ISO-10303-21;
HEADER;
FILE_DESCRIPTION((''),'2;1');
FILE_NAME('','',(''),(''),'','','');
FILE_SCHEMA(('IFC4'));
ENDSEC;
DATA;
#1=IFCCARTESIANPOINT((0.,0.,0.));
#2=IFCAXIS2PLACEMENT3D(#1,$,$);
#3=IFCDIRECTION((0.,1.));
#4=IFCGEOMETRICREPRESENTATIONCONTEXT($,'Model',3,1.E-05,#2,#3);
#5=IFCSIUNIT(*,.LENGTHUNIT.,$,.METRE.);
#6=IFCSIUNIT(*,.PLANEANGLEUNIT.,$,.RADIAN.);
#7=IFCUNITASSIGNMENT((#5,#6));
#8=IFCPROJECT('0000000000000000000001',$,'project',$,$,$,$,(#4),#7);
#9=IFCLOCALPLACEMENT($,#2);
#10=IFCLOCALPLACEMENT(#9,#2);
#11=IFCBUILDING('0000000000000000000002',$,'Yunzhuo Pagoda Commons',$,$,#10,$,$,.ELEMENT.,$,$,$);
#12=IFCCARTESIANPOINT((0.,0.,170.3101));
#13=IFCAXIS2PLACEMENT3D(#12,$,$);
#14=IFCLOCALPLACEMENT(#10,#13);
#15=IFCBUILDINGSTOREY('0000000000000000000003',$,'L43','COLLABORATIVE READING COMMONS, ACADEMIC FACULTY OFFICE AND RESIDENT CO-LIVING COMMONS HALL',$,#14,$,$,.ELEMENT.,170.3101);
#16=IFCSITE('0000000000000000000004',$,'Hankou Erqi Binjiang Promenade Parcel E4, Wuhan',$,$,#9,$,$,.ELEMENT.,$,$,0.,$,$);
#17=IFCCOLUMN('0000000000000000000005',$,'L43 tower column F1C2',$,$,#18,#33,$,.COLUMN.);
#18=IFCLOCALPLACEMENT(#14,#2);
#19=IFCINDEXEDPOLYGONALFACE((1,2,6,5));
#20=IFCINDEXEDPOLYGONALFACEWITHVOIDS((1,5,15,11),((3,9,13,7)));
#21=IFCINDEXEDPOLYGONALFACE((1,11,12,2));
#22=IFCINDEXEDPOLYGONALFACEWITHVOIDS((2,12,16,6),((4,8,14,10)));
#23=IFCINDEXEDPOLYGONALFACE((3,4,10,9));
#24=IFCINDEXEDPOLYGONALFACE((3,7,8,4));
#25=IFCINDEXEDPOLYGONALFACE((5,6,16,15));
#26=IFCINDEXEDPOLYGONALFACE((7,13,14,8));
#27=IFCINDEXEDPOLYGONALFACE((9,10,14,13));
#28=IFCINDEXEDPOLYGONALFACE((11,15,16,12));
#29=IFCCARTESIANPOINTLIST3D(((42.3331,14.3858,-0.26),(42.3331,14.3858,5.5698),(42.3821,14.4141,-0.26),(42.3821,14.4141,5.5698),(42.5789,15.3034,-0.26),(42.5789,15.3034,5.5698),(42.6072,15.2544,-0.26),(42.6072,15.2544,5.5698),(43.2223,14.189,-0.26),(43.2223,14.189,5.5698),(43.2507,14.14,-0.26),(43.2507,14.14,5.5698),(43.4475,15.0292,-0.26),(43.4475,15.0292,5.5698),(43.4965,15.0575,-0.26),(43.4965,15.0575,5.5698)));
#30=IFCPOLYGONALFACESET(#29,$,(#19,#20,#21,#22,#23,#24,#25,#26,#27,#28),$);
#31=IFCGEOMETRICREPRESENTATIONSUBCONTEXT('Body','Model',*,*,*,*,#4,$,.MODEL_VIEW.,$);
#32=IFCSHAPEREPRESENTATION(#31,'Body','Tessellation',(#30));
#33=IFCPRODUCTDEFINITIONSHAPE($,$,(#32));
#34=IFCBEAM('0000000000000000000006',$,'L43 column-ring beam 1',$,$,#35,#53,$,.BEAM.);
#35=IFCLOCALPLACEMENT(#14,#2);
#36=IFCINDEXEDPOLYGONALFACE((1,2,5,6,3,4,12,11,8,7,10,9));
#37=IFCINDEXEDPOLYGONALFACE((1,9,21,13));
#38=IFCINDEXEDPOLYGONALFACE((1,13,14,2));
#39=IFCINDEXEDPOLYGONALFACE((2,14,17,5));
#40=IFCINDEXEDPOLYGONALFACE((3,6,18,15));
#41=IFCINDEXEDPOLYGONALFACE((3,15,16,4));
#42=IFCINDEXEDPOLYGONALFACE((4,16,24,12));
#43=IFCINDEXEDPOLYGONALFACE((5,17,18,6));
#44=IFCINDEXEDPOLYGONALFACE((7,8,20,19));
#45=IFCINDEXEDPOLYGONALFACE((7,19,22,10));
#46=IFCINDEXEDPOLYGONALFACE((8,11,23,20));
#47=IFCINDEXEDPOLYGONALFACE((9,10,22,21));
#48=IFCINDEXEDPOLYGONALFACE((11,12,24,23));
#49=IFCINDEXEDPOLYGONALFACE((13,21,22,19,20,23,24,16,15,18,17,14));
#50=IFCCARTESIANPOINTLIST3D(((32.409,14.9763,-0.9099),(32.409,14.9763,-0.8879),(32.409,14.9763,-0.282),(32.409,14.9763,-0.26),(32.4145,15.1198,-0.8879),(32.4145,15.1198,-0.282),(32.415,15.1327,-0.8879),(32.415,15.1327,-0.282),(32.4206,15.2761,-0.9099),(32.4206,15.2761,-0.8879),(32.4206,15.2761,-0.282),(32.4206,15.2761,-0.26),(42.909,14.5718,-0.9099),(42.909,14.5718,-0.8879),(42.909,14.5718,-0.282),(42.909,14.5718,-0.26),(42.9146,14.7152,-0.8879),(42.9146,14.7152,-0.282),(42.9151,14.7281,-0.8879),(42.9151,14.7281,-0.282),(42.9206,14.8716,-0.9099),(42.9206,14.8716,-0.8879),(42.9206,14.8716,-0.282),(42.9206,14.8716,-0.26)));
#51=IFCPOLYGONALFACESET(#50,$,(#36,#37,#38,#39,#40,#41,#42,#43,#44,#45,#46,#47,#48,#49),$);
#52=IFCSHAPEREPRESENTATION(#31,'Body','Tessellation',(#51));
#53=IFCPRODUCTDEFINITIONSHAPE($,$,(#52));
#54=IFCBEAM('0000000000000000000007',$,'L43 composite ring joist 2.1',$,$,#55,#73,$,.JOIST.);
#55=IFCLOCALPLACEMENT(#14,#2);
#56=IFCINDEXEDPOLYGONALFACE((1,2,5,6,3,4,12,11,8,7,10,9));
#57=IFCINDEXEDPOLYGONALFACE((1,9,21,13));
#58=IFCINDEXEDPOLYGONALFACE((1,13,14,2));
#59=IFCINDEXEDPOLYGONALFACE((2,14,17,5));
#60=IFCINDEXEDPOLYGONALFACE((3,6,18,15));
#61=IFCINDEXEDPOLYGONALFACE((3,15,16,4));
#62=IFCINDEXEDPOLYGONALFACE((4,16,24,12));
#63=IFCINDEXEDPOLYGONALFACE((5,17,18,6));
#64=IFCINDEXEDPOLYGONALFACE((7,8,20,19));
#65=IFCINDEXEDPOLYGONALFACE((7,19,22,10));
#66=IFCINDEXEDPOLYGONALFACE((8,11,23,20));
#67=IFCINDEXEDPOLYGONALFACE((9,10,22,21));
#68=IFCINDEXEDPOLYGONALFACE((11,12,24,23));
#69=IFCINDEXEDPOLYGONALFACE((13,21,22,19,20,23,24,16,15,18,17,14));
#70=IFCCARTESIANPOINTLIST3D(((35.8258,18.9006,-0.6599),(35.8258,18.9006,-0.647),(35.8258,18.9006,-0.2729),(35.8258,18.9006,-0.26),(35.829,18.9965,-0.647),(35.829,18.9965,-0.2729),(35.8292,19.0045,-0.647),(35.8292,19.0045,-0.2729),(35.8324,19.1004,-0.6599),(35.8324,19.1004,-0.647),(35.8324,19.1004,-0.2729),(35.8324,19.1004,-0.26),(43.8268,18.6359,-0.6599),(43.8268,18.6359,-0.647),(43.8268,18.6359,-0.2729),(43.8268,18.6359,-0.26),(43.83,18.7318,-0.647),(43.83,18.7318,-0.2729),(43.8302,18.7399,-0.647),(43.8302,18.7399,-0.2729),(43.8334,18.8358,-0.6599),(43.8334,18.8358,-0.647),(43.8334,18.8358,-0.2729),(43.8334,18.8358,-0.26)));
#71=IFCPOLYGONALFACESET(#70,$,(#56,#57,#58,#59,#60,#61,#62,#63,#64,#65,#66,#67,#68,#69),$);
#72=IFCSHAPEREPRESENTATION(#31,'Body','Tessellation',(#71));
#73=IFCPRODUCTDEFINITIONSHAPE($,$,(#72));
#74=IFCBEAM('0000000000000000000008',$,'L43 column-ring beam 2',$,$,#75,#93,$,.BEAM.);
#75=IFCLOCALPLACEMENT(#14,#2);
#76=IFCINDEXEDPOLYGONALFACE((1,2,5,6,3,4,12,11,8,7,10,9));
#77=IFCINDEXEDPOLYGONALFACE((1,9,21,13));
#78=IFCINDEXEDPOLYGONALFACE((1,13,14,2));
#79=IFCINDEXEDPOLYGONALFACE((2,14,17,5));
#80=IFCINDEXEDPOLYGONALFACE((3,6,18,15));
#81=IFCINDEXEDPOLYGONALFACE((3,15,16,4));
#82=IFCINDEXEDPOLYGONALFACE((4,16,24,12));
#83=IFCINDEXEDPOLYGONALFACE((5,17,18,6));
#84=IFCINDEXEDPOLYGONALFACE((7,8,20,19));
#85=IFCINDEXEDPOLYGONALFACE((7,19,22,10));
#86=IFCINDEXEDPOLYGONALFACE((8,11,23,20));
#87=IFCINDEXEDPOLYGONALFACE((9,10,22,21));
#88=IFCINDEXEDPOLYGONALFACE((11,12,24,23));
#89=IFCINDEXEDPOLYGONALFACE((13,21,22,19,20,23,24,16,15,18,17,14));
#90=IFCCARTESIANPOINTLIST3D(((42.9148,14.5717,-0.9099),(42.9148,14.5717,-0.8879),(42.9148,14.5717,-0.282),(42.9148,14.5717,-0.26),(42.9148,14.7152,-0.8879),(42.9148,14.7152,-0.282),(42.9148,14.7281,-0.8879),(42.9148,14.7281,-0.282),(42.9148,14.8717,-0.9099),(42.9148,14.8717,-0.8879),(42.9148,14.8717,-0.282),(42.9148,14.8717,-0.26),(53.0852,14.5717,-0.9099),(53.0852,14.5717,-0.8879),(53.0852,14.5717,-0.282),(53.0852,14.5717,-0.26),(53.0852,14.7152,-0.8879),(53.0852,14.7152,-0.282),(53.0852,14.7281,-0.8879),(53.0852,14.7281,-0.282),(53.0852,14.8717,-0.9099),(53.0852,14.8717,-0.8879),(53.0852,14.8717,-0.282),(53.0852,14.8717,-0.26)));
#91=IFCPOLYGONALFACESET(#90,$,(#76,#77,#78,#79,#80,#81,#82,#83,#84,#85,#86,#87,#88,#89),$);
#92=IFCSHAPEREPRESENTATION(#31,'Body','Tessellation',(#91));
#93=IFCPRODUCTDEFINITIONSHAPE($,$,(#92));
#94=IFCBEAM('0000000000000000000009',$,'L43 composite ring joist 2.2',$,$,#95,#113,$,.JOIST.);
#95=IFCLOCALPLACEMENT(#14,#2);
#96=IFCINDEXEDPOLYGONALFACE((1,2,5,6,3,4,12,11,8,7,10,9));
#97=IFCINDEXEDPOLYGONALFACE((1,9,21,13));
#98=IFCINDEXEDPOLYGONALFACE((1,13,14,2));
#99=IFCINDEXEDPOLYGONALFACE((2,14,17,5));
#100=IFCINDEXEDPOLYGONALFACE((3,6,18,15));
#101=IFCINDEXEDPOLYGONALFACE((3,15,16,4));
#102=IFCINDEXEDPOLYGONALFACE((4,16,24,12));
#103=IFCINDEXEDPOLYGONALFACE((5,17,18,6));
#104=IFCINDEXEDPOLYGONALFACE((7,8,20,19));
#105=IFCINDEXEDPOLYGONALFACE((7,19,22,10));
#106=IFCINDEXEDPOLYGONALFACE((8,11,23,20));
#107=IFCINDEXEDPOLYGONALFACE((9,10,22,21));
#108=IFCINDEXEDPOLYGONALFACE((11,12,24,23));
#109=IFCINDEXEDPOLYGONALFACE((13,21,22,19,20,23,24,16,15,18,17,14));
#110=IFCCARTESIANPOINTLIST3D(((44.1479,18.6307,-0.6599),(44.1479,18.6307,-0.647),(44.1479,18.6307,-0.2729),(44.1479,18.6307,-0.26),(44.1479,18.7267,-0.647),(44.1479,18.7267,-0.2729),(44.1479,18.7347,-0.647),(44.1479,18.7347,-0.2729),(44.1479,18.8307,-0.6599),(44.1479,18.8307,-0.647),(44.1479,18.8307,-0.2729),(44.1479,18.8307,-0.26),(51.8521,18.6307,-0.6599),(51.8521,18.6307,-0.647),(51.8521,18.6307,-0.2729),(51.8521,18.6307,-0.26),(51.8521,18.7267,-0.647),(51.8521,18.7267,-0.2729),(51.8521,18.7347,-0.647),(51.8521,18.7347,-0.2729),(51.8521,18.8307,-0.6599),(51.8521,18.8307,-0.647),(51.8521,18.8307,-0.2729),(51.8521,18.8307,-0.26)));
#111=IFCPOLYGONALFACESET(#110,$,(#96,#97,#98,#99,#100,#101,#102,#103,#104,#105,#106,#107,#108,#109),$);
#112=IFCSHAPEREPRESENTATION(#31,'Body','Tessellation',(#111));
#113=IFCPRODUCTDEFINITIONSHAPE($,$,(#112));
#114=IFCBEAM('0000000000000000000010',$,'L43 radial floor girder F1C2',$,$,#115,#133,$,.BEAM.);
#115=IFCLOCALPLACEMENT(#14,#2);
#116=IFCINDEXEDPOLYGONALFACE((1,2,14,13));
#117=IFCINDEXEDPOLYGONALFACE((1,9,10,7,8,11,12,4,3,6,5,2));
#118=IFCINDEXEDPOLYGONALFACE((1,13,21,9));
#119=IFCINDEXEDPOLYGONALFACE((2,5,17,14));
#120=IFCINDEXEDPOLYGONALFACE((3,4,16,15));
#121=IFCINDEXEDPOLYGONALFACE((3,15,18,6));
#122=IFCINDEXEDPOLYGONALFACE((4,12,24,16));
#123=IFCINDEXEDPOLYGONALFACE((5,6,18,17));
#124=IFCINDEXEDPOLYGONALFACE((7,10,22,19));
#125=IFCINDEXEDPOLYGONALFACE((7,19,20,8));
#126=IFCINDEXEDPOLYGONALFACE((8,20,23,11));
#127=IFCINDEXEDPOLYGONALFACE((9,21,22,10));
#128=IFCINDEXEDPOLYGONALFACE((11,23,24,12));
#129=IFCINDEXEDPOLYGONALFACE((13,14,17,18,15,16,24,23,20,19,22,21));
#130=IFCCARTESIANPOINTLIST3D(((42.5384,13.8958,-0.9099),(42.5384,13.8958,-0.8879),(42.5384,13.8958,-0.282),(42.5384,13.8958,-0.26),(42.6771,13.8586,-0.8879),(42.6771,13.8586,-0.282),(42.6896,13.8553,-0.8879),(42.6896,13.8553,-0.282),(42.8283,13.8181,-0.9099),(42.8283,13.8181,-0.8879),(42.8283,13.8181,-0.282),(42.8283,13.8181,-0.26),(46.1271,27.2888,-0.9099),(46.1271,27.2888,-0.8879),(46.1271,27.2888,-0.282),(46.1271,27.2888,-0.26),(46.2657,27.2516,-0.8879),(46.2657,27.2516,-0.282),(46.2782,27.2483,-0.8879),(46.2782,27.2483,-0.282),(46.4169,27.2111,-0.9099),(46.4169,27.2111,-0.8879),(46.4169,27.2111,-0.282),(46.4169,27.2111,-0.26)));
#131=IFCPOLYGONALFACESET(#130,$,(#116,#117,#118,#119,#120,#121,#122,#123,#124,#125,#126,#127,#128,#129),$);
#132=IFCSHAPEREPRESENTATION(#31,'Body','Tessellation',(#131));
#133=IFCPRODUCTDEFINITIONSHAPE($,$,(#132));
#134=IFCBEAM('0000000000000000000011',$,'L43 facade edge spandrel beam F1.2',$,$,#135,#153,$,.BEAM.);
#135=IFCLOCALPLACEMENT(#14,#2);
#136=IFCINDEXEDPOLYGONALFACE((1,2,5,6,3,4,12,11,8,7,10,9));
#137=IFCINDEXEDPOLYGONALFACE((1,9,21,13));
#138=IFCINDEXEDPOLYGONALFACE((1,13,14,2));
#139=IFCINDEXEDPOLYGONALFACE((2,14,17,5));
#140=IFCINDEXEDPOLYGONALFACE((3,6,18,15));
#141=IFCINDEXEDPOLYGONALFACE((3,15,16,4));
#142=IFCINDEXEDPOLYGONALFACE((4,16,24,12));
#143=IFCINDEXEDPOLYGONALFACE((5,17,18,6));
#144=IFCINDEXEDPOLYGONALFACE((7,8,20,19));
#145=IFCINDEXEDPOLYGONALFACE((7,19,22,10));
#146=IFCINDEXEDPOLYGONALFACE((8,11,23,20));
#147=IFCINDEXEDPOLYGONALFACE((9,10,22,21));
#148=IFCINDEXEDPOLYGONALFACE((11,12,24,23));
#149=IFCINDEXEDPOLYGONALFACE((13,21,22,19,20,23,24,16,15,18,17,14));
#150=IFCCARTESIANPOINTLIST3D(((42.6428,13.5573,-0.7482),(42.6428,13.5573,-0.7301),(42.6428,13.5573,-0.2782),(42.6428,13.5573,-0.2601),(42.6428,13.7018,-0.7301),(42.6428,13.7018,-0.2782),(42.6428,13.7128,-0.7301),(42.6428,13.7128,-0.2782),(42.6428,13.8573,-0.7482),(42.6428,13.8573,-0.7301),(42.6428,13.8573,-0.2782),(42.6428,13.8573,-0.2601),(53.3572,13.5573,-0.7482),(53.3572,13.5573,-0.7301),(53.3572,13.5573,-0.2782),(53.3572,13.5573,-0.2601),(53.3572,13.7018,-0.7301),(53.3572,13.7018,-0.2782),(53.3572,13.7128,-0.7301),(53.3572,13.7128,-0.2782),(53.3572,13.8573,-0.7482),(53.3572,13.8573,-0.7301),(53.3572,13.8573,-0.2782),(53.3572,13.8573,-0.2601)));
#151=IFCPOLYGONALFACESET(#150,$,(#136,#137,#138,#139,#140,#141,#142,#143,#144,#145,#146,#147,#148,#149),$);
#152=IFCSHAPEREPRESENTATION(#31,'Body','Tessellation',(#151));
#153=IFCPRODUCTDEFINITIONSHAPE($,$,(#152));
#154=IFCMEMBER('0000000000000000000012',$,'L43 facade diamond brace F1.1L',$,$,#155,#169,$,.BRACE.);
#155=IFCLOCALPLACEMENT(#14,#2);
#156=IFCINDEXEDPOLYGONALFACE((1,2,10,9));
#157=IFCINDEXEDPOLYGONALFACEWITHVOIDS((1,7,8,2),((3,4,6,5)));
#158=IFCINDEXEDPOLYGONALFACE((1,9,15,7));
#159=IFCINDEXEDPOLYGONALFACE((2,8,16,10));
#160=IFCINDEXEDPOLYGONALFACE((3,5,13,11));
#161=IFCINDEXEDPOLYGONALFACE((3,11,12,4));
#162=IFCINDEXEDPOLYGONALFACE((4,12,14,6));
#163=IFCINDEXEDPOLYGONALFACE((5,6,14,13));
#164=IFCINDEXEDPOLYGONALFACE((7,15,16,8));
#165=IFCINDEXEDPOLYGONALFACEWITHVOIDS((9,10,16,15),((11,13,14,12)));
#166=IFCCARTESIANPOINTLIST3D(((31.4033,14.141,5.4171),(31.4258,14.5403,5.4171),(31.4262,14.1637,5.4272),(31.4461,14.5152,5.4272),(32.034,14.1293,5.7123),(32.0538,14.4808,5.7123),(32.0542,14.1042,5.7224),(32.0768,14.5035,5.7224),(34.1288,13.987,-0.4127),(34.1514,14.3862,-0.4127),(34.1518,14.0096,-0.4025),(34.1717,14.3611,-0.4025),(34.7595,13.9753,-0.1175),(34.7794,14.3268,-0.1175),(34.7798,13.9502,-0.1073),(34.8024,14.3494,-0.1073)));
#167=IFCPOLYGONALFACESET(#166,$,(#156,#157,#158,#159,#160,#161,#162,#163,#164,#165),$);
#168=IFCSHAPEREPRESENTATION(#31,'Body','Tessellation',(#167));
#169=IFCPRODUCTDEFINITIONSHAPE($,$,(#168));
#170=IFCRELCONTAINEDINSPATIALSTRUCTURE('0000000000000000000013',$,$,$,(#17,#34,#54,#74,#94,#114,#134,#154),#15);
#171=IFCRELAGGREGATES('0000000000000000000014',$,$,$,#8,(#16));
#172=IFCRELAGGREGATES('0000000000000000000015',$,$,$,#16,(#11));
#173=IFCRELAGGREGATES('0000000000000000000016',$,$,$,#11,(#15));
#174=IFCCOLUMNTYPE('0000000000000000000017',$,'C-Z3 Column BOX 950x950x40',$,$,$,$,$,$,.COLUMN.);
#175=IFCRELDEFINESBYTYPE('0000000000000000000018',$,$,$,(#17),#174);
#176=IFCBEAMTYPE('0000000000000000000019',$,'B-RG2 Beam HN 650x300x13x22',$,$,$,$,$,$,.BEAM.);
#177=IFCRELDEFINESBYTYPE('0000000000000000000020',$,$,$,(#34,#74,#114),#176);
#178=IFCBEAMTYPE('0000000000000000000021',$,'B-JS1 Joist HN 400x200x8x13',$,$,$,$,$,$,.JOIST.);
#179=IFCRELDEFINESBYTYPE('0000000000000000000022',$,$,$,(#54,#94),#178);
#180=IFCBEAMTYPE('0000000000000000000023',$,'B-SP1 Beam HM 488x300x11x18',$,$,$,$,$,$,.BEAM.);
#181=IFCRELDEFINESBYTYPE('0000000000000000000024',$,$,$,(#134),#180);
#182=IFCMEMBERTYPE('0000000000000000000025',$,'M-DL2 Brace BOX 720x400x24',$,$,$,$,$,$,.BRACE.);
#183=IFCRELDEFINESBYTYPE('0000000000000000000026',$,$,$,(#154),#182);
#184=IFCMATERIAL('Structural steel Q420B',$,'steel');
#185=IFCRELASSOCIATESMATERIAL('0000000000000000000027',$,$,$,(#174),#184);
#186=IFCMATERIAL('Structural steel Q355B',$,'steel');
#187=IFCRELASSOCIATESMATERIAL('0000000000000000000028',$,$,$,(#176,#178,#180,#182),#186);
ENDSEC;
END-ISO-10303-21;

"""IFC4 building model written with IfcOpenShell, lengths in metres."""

from ifc_helpers import new_model, si_unit, direction, frame, origin, origin_2d, place, context, subcontext, project, spatial, hollow_rectangle, i_section, extrude, source, transform, mapped, material, material_profile, profile_set, type_object, element, save


model = new_model("IFC4")

# Units and contexts
model_context = context("Model", 3, precision=1e-05, world=origin(), true_north=direction((0.0, 1.0)))
body_context = subcontext(model_context, "Body", "Model", "MODEL_VIEW")
ifc_project = project(units=[si_unit("LENGTHUNIT", "METRE"), si_unit("PLANEANGLEUNIT", "RADIAN")], contexts=[model_context])

# Site, building, storey
site_placement = place(None, origin())
site = spatial("IfcSite", under=ifc_project, at=site_placement, Name="Hankou Erqi Binjiang Promenade Parcel E4, Wuhan", CompositionType="ELEMENT", RefElevation=0.0)
building_placement = place(site_placement, origin())
building = spatial("IfcBuilding", under=site, at=building_placement, Name="Yunzhuo Pagoda Commons", CompositionType="ELEMENT")
storey_placement = place(building_placement, frame((0.0, 0.0, 170.3101)))
storey = spatial("IfcBuildingStorey", under=building, at=storey_placement, Name="L43", Description="COLLABORATIVE READING COMMONS, ACADEMIC FACULTY OFFICE AND RESIDENT CO-LIVING COMMONS HALL", CompositionType="ELEMENT", Elevation=170.3101)

# Column
ifc_material_1 = material(Name="Structural steel Q420B", Category="steel")
ifc_material_profile_1 = material_profile(ifc_material_1, hollow_rectangle(XDim=0.95, YDim=0.95, WallThickness=0.04, at=origin_2d()), Name="Structural steel Q420B")
ifc_profile_set_1 = profile_set([ifc_material_profile_1], Name="Structural steel Q420B")
column_type = type_object("IfcColumnType", Name="C-Z3 Column BOX 950x950x40", PredefinedType="COLUMN", material=ifc_profile_set_1)
shared_shape_1 = source(origin(), body_context, "Body", "SweptSolid", [
    extrude(hollow_rectangle(XDim=0.95, YDim=0.95, WallThickness=0.04, at=origin_2d()), origin(), (0.0, 0.0, 1.0), 5.8298),
])
column_placement = place(storey_placement, frame((42.9148, 14.7217, -0.26), z_axis=(0.0, 0.0, 1.0), x_axis=(0.965926, -0.258819, 0.0)))
element("IfcColumn", 1, at=column_placement, inside=storey, type_object=column_type, Name="L43 tower column F1C2", PredefinedType="COLUMN", context=body_context, shape_type="MappedRepresentation", body=[
    mapped(shared_shape_1, transform((0.0, 0.0, 0.0), scale=1.0)),
])

# Beams
ifc_material_2 = material(Name="Structural steel Q355B", Category="steel")
ifc_material_profile_2 = material_profile(ifc_material_2, i_section(OverallWidth=0.3, OverallDepth=0.6499, WebThickness=0.0129, FlangeThickness=0.022, at=origin_2d()), Name="Structural steel Q355B")
ifc_profile_set_2 = profile_set([ifc_material_profile_2], Name="Structural steel Q355B")
beam_type_1 = type_object("IfcBeamType", Name="B-RG2 Beam HN 650x300x13x22", PredefinedType="BEAM", material=ifc_profile_set_2)
shared_shape_2 = source(origin(), body_context, "Body", "SweptSolid", [
    extrude(i_section(OverallWidth=0.3, OverallDepth=0.6499, WebThickness=0.0129, FlangeThickness=0.022, at=origin_2d()), origin(), (0.0, 0.0, 1.0), 10.5078),
])
beam_1_placement = place(storey_placement, frame((32.4148, 15.1262, -0.585), z_axis=(0.999259, -0.038499, 0.0), x_axis=(0.038499, 0.999259, 0.0)))
element("IfcBeam", 2, at=beam_1_placement, inside=storey, type_object=beam_type_1, Name="L43 column-ring beam 1", PredefinedType="BEAM", context=body_context, shape_type="MappedRepresentation", body=[
    mapped(shared_shape_2, transform((0.0, 0.0, 0.0), scale=1.0)),
])
ifc_material_profile_3 = material_profile(ifc_material_2, i_section(OverallWidth=0.2, OverallDepth=0.3999, WebThickness=0.0081, FlangeThickness=0.0129, at=origin_2d()), Name="Structural steel Q355B")
ifc_profile_set_3 = profile_set([ifc_material_profile_3], Name="Structural steel Q355B")
beam_type_2 = type_object("IfcBeamType", Name="B-JS1 Joist HN 400x200x8x13", PredefinedType="JOIST", material=ifc_profile_set_3)
shared_shape_3 = source(origin(), body_context, "Body", "SweptSolid", [
    extrude(i_section(OverallWidth=0.2, OverallDepth=0.3999, WebThickness=0.0081, FlangeThickness=0.0129, at=origin_2d()), origin(), (0.0, 0.0, 1.0), 8.0054),
])
beam_2_placement = place(storey_placement, frame((35.8291, 19.0005, -0.46), z_axis=(0.999453, -0.033059, 0.0), x_axis=(0.033059, 0.999453, 0.0)))
element("IfcBeam", 3, at=beam_2_placement, inside=storey, type_object=beam_type_2, Name="L43 composite ring joist 2.1", PredefinedType="JOIST", context=body_context, shape_type="MappedRepresentation", body=[
    mapped(shared_shape_3, transform((0.0, 0.0, 0.0), scale=1.0)),
])
shared_shape_4 = source(origin(), body_context, "Body", "SweptSolid", [
    extrude(i_section(OverallWidth=0.3, OverallDepth=0.6499, WebThickness=0.0129, FlangeThickness=0.022, at=origin_2d()), origin(), (0.0, 0.0, 1.0), 10.1704),
])
beam_3_placement = place(storey_placement, frame((42.9148, 14.7217, -0.585), z_axis=(1.0, 0.0, 0.0), x_axis=(0.0, 1.0, 0.0)))
element("IfcBeam", 4, at=beam_3_placement, inside=storey, type_object=beam_type_1, Name="L43 column-ring beam 2", PredefinedType="BEAM", context=body_context, shape_type="MappedRepresentation", body=[
    mapped(shared_shape_4, transform((0.0, 0.0, 0.0), scale=1.0)),
])
shared_shape_5 = source(origin(), body_context, "Body", "SweptSolid", [
    extrude(i_section(OverallWidth=0.2, OverallDepth=0.3999, WebThickness=0.0081, FlangeThickness=0.0129, at=origin_2d()), origin(), (0.0, 0.0, 1.0), 7.7041),
])
beam_4_placement = place(storey_placement, frame((44.1479, 18.7307, -0.46), z_axis=(1.0, 0.0, 0.0), x_axis=(0.0, 1.0, 0.0)))
element("IfcBeam", 5, at=beam_4_placement, inside=storey, type_object=beam_type_2, Name="L43 composite ring joist 2.2", PredefinedType="JOIST", context=body_context, shape_type="MappedRepresentation", body=[
    mapped(shared_shape_5, transform((0.0, 0.0, 0.0), scale=1.0)),
])
shared_shape_6 = source(origin(), body_context, "Body", "SweptSolid", [
    extrude(i_section(OverallWidth=0.3, OverallDepth=0.6499, WebThickness=0.0129, FlangeThickness=0.022, at=origin_2d()), origin(), (0.0, 0.0, 1.0), 13.8655),
])
beam_5_placement = place(storey_placement, frame((42.6833, 13.8569, -0.585), z_axis=(0.258816, 0.965927, 0.0), x_axis=(-0.965927, 0.258816, 0.0)))
element("IfcBeam", 6, at=beam_5_placement, inside=storey, type_object=beam_type_1, Name="L43 radial floor girder F1C2", PredefinedType="BEAM", context=body_context, shape_type="MappedRepresentation", body=[
    mapped(shared_shape_6, transform((0.0, 0.0, 0.0), scale=1.0)),
])
ifc_material_profile_4 = material_profile(ifc_material_2, i_section(OverallWidth=0.3, OverallDepth=0.488, WebThickness=0.011, FlangeThickness=0.0181, at=origin_2d()), Name="Structural steel Q355B")
ifc_profile_set_4 = profile_set([ifc_material_profile_4], Name="Structural steel Q355B")
beam_type_3 = type_object("IfcBeamType", Name="B-SP1 Beam HM 488x300x11x18", PredefinedType="BEAM", material=ifc_profile_set_4)
shared_shape_7 = source(origin(), body_context, "Body", "SweptSolid", [
    extrude(i_section(OverallWidth=0.3, OverallDepth=0.488, WebThickness=0.011, FlangeThickness=0.0181, at=origin_2d()), origin(), (0.0, 0.0, 1.0), 10.7144),
])
beam_6_placement = place(storey_placement, frame((42.6428, 13.7073, -0.5042), z_axis=(1.0, 0.0, 0.0), x_axis=(0.0, 1.0, 0.0)))
element("IfcBeam", 7, at=beam_6_placement, inside=storey, type_object=beam_type_3, Name="L43 facade edge spandrel beam F1.2", PredefinedType="BEAM", context=body_context, shape_type="MappedRepresentation", body=[
    mapped(shared_shape_7, transform((0.0, 0.0, 0.0), scale=1.0)),
])

# Member
ifc_material_profile_5 = material_profile(ifc_material_2, hollow_rectangle(XDim=0.3999, YDim=0.72, WallThickness=0.0239, at=origin_2d()), Name="Structural steel Q355B")
ifc_profile_set_5 = profile_set([ifc_material_profile_5], Name="Structural steel Q355B")
member_type_1 = type_object("IfcMemberType", Name="M-DL2 Brace BOX 720x400x24", PredefinedType="BRACE", material=ifc_profile_set_5)
shared_shape_8 = source(origin(), body_context, "Body", "SweptSolid", [
    extrude(hollow_rectangle(XDim=0.3999, YDim=0.72, WallThickness=0.0239, at=origin_2d()), origin(), (0.0, 0.0, 1.0), 6.4373),
])
member_1_placement = place(storey_placement, frame((34.4656, 14.1682, -0.26), z_axis=(-0.423402, 0.023931, 0.905626), x_axis=(-0.056431, -0.998407, 0.0)))
element("IfcMember", 8, at=member_1_placement, inside=storey, type_object=member_type_1, Name="L43 facade diamond brace F1.1L", PredefinedType="BRACE", context=body_context, shape_type="MappedRepresentation", body=[
    mapped(shared_shape_8, transform((0.0, 0.0, 0.0), scale=1.0)),
])

save(model, "model.ifc")
